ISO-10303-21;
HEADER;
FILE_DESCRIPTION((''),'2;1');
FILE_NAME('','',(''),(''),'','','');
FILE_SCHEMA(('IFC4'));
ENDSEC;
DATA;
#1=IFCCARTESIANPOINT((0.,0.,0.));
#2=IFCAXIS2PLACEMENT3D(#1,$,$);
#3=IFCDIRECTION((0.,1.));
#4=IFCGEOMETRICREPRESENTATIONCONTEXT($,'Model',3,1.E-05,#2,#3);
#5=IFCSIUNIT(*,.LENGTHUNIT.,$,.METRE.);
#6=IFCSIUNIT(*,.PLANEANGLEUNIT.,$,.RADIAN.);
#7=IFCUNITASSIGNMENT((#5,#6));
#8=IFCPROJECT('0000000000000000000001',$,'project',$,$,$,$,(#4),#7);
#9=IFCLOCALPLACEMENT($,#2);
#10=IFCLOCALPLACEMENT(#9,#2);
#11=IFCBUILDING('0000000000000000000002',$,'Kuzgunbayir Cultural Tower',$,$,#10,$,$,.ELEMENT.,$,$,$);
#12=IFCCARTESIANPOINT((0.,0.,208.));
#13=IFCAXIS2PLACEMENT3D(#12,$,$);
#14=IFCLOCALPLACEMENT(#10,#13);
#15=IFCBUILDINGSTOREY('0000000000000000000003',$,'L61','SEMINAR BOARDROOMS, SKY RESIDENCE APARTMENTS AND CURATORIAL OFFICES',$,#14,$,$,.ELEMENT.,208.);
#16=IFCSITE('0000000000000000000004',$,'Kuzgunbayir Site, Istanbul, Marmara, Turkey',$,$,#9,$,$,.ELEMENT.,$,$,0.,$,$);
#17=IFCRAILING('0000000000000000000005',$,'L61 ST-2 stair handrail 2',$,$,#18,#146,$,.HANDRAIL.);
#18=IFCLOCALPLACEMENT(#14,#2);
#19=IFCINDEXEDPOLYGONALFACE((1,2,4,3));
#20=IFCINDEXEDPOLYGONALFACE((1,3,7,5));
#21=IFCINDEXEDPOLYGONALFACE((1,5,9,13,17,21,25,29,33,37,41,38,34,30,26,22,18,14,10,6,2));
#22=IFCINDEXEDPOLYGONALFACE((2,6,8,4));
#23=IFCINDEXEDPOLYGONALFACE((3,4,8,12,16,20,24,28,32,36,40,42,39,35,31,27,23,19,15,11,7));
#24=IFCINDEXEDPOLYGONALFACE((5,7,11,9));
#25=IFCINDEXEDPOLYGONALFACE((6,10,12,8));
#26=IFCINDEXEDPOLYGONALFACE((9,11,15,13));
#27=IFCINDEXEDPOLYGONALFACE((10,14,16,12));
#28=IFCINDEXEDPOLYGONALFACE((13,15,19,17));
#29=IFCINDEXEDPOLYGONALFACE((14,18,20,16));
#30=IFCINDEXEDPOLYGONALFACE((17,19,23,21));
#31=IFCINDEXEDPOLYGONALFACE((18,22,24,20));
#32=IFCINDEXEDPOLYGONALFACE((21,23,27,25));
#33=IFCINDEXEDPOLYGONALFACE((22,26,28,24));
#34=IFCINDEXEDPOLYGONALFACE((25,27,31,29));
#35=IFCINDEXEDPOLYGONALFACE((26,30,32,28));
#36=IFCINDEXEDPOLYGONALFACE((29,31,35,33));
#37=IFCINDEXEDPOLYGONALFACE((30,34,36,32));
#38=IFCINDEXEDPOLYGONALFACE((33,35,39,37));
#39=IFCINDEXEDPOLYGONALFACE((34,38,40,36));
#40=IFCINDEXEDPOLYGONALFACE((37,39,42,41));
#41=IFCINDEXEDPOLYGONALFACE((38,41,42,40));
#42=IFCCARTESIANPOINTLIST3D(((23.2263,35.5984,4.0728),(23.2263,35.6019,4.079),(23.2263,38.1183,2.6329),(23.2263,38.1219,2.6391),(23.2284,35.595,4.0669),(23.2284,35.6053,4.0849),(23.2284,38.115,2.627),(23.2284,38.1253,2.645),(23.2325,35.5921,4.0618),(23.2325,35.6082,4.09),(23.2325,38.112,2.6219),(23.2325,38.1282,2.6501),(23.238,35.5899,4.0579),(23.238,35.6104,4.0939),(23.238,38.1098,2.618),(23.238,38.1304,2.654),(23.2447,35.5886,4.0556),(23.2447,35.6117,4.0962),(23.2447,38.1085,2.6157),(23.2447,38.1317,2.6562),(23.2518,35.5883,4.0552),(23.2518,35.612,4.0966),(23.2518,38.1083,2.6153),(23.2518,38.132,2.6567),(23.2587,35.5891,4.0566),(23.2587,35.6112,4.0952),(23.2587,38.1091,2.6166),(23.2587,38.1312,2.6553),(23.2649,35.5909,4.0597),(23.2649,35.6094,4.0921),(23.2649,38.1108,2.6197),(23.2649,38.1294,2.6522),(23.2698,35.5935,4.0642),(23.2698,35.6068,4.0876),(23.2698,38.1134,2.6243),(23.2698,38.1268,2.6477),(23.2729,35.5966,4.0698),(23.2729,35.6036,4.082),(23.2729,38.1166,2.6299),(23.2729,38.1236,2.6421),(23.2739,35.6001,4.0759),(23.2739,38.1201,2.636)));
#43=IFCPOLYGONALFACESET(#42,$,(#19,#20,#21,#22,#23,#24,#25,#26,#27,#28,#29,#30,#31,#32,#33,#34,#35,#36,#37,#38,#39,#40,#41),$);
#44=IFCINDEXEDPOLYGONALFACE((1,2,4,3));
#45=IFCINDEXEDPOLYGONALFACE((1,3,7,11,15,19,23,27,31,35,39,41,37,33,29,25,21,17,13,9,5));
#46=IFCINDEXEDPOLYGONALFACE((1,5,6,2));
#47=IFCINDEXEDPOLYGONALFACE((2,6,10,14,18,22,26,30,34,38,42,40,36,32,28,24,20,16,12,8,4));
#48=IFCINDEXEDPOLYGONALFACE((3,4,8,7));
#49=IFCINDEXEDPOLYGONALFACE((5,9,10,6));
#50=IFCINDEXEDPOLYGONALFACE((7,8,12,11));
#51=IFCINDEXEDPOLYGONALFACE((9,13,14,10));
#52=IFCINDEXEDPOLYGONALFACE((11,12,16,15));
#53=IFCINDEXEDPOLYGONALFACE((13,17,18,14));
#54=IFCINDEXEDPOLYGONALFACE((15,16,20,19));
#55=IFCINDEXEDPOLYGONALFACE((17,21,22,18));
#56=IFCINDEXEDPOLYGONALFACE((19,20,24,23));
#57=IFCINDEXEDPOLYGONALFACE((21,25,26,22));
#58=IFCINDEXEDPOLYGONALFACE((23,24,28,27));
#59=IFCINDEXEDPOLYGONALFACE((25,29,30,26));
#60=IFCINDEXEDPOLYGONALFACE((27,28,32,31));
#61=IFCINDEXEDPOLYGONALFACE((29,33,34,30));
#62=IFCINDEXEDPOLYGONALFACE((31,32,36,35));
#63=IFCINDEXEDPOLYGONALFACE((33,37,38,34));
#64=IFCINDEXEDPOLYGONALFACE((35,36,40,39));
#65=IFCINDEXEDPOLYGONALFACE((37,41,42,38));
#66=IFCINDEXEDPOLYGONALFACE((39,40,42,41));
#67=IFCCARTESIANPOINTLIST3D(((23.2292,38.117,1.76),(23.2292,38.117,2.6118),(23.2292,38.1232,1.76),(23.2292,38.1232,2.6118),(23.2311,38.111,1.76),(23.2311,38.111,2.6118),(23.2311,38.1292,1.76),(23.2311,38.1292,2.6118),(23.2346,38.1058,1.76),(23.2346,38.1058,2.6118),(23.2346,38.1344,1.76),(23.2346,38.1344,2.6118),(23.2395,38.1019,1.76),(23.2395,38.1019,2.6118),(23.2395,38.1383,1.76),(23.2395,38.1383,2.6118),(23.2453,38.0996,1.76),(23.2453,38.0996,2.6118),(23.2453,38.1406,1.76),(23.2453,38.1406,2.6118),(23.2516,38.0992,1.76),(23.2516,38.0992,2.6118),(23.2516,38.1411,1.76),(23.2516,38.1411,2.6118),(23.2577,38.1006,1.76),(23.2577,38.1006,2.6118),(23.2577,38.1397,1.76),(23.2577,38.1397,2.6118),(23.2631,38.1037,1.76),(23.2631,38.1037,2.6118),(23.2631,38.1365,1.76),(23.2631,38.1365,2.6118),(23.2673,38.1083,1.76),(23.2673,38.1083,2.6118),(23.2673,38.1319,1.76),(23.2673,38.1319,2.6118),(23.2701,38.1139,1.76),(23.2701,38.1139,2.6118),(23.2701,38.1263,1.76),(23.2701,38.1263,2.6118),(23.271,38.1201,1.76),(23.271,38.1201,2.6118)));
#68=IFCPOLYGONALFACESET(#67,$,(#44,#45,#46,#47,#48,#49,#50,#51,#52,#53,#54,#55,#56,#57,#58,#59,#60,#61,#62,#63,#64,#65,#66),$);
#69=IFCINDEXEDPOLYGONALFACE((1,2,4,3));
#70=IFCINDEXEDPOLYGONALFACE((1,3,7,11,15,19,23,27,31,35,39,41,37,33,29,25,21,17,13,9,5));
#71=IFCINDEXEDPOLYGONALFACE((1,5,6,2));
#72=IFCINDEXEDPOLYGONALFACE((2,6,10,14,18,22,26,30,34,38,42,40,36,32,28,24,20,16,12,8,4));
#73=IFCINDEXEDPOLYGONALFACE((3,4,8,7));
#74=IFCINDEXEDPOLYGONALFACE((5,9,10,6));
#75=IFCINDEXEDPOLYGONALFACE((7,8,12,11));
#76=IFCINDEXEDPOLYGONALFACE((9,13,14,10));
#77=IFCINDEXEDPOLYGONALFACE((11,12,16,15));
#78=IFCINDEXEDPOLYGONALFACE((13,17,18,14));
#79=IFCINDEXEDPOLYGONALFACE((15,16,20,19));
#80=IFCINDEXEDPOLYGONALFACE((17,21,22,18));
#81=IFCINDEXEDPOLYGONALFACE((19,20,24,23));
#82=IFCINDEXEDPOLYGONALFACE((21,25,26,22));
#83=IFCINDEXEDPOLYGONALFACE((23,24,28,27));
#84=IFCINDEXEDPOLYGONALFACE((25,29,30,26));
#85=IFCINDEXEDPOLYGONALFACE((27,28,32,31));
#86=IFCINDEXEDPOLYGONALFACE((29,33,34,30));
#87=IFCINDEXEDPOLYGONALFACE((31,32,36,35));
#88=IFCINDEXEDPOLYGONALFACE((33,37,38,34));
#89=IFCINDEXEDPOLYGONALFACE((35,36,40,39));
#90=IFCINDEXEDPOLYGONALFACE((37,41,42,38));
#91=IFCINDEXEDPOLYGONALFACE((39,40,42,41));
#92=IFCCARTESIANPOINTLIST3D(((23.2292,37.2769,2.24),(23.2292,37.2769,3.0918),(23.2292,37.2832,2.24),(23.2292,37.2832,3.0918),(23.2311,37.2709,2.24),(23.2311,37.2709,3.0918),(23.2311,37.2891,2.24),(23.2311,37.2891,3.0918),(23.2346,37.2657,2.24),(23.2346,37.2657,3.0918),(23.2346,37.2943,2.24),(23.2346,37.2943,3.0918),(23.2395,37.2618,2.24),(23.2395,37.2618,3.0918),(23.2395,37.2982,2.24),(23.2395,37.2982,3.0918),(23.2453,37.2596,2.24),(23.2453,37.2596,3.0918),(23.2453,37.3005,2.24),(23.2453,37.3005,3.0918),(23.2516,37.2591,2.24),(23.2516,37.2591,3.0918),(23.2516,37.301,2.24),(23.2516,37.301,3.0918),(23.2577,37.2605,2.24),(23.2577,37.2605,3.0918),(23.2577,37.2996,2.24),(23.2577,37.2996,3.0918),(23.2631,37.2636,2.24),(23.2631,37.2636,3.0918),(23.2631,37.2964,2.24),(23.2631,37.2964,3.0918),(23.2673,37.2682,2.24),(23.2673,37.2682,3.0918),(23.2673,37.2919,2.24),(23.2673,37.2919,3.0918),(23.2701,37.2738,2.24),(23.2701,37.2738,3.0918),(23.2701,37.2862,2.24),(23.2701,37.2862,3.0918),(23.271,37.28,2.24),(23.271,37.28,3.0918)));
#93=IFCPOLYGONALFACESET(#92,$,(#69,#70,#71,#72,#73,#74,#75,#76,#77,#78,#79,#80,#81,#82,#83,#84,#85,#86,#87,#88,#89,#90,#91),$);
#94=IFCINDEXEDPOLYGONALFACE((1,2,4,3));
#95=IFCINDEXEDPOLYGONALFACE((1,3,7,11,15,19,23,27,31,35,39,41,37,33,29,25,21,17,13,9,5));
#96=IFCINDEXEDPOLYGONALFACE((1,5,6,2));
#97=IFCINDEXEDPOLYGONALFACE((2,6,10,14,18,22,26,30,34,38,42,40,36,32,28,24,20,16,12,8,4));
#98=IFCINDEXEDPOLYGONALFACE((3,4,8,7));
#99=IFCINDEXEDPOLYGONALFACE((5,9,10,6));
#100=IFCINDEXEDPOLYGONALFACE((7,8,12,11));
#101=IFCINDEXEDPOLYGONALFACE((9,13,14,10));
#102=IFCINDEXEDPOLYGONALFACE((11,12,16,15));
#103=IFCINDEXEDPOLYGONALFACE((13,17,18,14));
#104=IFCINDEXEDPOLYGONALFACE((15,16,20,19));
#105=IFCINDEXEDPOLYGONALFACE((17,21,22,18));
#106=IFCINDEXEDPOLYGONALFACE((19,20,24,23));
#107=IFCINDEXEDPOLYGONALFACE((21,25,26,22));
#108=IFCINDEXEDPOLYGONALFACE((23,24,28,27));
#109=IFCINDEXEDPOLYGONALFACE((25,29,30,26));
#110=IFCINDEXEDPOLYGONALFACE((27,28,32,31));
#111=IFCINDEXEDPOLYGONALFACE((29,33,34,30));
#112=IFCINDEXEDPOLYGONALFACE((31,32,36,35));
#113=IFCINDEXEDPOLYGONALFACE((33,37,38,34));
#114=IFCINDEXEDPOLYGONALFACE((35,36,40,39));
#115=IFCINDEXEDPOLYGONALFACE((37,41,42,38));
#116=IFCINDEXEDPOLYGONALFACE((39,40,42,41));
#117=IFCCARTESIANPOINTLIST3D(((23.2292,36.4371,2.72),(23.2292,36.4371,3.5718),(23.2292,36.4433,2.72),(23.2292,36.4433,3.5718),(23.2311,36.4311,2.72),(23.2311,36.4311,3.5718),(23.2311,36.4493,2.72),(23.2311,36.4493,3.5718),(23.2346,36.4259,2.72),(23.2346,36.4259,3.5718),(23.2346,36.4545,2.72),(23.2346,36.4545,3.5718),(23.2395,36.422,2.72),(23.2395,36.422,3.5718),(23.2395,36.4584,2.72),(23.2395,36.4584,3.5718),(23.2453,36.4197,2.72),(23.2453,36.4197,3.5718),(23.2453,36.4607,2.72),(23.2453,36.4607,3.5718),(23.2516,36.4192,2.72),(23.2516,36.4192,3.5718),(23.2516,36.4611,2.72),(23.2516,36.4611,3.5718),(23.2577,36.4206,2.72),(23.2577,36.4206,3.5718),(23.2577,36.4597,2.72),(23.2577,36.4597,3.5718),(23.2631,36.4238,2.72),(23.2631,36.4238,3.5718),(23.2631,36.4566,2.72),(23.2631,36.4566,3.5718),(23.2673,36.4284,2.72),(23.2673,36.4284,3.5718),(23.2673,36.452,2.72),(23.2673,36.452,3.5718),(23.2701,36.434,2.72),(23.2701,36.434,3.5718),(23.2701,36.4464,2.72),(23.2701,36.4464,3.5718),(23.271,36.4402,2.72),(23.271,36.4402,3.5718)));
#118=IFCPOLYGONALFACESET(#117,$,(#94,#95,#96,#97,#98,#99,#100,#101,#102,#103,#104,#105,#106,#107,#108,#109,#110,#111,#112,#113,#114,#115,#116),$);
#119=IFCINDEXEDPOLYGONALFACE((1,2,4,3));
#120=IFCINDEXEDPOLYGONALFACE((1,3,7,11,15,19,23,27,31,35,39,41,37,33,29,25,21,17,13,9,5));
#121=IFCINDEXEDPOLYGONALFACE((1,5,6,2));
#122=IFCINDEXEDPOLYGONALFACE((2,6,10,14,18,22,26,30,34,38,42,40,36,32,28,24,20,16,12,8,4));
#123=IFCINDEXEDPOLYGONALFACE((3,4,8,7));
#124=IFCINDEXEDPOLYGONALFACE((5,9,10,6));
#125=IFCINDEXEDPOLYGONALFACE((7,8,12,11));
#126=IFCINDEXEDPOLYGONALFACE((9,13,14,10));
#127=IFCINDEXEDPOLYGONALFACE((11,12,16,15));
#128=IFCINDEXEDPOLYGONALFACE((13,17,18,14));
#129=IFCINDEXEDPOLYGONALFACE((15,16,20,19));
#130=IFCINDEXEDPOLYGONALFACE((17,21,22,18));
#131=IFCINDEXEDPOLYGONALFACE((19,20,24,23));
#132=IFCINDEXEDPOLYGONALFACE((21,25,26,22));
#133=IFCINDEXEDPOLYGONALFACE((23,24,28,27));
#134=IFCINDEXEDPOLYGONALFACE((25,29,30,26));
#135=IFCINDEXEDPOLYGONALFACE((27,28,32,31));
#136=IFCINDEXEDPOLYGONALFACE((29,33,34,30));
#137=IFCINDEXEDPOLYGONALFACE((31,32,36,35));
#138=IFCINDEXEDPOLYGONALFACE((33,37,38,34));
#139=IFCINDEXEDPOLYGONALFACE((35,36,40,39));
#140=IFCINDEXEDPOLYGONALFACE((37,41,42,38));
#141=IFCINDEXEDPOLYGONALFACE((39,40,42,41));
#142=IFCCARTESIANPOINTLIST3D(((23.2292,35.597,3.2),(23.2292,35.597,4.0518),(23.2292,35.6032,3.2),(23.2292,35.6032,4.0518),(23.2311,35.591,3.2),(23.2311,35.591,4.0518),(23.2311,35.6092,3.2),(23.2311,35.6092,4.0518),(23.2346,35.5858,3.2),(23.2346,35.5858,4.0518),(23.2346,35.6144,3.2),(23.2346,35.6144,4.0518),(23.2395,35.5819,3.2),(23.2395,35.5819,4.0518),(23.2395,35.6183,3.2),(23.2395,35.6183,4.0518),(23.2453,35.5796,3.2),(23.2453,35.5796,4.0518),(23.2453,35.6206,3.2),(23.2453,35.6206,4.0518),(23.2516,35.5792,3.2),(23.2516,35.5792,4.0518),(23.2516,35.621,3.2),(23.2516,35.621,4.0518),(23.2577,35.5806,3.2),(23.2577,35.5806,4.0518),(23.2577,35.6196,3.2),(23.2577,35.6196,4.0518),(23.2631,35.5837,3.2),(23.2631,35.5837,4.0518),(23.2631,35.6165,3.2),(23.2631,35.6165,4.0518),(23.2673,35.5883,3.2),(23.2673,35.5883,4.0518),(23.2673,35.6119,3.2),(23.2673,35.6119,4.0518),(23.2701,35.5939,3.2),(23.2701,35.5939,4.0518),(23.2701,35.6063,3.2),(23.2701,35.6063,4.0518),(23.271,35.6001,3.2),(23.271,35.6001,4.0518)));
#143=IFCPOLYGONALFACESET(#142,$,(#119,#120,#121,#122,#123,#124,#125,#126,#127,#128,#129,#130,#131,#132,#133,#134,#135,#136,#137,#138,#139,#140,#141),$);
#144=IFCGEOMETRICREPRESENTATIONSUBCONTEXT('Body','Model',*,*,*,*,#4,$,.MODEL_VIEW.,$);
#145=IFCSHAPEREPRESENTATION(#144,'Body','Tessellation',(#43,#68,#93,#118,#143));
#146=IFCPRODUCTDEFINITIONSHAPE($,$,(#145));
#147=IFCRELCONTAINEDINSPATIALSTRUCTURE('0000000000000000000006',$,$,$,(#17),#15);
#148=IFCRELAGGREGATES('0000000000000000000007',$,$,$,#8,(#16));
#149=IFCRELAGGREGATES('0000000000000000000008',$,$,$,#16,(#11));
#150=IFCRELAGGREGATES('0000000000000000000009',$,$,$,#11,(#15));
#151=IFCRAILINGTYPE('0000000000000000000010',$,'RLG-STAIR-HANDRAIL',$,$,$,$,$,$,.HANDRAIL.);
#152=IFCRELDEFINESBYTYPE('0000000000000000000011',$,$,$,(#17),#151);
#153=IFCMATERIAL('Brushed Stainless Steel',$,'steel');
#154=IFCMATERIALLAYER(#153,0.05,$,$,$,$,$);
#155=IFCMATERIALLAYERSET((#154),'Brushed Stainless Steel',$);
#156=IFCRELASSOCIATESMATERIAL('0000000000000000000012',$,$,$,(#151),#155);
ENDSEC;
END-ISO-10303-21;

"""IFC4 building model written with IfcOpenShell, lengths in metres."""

from ifc_helpers import new_model, si_unit, direction, frame, origin, origin_2d, place, context, subcontext, project, spatial, circle, extrude, material, layer, layer_set, type_object, element, save


model = new_model("IFC4")

# Units and contexts
model_context = context("Model", 3, precision=1e-05, world=origin(), true_north=direction((0.0, 1.0)))
body_context = subcontext(model_context, "Body", "Model", "MODEL_VIEW")
ifc_project = project(units=[si_unit("LENGTHUNIT", "METRE"), si_unit("PLANEANGLEUNIT", "RADIAN")], contexts=[model_context])

# Site, building, storey
site_placement = place(None, origin())
site = spatial("IfcSite", under=ifc_project, at=site_placement, Name="Kuzgunbayir Site, Istanbul, Marmara, Turkey", CompositionType="ELEMENT", RefElevation=0.0)
building_placement = place(site_placement, origin())
building = spatial("IfcBuilding", under=site, at=building_placement, Name="Kuzgunbayir Cultural Tower", CompositionType="ELEMENT")
storey_placement = place(building_placement, frame((0.0, 0.0, 208.0)))
storey = spatial("IfcBuildingStorey", under=building, at=storey_placement, Name="L61", Description="SEMINAR BOARDROOMS, SKY RESIDENCE APARTMENTS AND CURATORIAL OFFICES", CompositionType="ELEMENT", Elevation=208.0)

# Shared definitions
ifc_material_1 = material(Name="Brushed Stainless Steel", Category="steel")

# Railing
ifc_layer_1 = layer(ifc_material_1, 0.05)
ifc_layer_set_1 = layer_set([ifc_layer_1], Name="Brushed Stainless Steel")
railing_type_1 = type_object("IfcRailingType", Name="RLG-STAIR-HANDRAIL", PredefinedType="HANDRAIL", material=ifc_layer_set_1)
railing_1_placement = place(storey_placement, frame((23.25, 38.1201, 1.76)))
element("IfcRailing", 1, at=railing_1_placement, inside=storey, type_object=railing_type_1, Name="L61 ST-2 stair handrail 2", PredefinedType="HANDRAIL", context=body_context, shape_type="SweptSolid", body=[
    extrude(circle(Radius=0.0239, at=origin_2d()), frame((0.0, 0.0, 0.876), z_axis=(0.0, -0.868253, 0.496121), x_axis=(1.0, 0.0, 0.0)), (0.0, 0.0, 1.0), 2.9023),
    extrude(circle(Radius=0.021, at=origin_2d()), origin(), (0.0, 0.0, 1.0), 0.8518),
    extrude(circle(Radius=0.021, at=origin_2d()), frame((0.0, -0.8401, 0.48)), (0.0, 0.0, 1.0), 0.8518),
    extrude(circle(Radius=0.021, at=origin_2d()), frame((0.0, -1.6799, 0.96)), (0.0, 0.0, 1.0), 0.8518),
    extrude(circle(Radius=0.021, at=origin_2d()), frame((0.0, -2.52, 1.4399)), (0.0, 0.0, 1.0), 0.8518),
])

save(model, "model.ifc")
